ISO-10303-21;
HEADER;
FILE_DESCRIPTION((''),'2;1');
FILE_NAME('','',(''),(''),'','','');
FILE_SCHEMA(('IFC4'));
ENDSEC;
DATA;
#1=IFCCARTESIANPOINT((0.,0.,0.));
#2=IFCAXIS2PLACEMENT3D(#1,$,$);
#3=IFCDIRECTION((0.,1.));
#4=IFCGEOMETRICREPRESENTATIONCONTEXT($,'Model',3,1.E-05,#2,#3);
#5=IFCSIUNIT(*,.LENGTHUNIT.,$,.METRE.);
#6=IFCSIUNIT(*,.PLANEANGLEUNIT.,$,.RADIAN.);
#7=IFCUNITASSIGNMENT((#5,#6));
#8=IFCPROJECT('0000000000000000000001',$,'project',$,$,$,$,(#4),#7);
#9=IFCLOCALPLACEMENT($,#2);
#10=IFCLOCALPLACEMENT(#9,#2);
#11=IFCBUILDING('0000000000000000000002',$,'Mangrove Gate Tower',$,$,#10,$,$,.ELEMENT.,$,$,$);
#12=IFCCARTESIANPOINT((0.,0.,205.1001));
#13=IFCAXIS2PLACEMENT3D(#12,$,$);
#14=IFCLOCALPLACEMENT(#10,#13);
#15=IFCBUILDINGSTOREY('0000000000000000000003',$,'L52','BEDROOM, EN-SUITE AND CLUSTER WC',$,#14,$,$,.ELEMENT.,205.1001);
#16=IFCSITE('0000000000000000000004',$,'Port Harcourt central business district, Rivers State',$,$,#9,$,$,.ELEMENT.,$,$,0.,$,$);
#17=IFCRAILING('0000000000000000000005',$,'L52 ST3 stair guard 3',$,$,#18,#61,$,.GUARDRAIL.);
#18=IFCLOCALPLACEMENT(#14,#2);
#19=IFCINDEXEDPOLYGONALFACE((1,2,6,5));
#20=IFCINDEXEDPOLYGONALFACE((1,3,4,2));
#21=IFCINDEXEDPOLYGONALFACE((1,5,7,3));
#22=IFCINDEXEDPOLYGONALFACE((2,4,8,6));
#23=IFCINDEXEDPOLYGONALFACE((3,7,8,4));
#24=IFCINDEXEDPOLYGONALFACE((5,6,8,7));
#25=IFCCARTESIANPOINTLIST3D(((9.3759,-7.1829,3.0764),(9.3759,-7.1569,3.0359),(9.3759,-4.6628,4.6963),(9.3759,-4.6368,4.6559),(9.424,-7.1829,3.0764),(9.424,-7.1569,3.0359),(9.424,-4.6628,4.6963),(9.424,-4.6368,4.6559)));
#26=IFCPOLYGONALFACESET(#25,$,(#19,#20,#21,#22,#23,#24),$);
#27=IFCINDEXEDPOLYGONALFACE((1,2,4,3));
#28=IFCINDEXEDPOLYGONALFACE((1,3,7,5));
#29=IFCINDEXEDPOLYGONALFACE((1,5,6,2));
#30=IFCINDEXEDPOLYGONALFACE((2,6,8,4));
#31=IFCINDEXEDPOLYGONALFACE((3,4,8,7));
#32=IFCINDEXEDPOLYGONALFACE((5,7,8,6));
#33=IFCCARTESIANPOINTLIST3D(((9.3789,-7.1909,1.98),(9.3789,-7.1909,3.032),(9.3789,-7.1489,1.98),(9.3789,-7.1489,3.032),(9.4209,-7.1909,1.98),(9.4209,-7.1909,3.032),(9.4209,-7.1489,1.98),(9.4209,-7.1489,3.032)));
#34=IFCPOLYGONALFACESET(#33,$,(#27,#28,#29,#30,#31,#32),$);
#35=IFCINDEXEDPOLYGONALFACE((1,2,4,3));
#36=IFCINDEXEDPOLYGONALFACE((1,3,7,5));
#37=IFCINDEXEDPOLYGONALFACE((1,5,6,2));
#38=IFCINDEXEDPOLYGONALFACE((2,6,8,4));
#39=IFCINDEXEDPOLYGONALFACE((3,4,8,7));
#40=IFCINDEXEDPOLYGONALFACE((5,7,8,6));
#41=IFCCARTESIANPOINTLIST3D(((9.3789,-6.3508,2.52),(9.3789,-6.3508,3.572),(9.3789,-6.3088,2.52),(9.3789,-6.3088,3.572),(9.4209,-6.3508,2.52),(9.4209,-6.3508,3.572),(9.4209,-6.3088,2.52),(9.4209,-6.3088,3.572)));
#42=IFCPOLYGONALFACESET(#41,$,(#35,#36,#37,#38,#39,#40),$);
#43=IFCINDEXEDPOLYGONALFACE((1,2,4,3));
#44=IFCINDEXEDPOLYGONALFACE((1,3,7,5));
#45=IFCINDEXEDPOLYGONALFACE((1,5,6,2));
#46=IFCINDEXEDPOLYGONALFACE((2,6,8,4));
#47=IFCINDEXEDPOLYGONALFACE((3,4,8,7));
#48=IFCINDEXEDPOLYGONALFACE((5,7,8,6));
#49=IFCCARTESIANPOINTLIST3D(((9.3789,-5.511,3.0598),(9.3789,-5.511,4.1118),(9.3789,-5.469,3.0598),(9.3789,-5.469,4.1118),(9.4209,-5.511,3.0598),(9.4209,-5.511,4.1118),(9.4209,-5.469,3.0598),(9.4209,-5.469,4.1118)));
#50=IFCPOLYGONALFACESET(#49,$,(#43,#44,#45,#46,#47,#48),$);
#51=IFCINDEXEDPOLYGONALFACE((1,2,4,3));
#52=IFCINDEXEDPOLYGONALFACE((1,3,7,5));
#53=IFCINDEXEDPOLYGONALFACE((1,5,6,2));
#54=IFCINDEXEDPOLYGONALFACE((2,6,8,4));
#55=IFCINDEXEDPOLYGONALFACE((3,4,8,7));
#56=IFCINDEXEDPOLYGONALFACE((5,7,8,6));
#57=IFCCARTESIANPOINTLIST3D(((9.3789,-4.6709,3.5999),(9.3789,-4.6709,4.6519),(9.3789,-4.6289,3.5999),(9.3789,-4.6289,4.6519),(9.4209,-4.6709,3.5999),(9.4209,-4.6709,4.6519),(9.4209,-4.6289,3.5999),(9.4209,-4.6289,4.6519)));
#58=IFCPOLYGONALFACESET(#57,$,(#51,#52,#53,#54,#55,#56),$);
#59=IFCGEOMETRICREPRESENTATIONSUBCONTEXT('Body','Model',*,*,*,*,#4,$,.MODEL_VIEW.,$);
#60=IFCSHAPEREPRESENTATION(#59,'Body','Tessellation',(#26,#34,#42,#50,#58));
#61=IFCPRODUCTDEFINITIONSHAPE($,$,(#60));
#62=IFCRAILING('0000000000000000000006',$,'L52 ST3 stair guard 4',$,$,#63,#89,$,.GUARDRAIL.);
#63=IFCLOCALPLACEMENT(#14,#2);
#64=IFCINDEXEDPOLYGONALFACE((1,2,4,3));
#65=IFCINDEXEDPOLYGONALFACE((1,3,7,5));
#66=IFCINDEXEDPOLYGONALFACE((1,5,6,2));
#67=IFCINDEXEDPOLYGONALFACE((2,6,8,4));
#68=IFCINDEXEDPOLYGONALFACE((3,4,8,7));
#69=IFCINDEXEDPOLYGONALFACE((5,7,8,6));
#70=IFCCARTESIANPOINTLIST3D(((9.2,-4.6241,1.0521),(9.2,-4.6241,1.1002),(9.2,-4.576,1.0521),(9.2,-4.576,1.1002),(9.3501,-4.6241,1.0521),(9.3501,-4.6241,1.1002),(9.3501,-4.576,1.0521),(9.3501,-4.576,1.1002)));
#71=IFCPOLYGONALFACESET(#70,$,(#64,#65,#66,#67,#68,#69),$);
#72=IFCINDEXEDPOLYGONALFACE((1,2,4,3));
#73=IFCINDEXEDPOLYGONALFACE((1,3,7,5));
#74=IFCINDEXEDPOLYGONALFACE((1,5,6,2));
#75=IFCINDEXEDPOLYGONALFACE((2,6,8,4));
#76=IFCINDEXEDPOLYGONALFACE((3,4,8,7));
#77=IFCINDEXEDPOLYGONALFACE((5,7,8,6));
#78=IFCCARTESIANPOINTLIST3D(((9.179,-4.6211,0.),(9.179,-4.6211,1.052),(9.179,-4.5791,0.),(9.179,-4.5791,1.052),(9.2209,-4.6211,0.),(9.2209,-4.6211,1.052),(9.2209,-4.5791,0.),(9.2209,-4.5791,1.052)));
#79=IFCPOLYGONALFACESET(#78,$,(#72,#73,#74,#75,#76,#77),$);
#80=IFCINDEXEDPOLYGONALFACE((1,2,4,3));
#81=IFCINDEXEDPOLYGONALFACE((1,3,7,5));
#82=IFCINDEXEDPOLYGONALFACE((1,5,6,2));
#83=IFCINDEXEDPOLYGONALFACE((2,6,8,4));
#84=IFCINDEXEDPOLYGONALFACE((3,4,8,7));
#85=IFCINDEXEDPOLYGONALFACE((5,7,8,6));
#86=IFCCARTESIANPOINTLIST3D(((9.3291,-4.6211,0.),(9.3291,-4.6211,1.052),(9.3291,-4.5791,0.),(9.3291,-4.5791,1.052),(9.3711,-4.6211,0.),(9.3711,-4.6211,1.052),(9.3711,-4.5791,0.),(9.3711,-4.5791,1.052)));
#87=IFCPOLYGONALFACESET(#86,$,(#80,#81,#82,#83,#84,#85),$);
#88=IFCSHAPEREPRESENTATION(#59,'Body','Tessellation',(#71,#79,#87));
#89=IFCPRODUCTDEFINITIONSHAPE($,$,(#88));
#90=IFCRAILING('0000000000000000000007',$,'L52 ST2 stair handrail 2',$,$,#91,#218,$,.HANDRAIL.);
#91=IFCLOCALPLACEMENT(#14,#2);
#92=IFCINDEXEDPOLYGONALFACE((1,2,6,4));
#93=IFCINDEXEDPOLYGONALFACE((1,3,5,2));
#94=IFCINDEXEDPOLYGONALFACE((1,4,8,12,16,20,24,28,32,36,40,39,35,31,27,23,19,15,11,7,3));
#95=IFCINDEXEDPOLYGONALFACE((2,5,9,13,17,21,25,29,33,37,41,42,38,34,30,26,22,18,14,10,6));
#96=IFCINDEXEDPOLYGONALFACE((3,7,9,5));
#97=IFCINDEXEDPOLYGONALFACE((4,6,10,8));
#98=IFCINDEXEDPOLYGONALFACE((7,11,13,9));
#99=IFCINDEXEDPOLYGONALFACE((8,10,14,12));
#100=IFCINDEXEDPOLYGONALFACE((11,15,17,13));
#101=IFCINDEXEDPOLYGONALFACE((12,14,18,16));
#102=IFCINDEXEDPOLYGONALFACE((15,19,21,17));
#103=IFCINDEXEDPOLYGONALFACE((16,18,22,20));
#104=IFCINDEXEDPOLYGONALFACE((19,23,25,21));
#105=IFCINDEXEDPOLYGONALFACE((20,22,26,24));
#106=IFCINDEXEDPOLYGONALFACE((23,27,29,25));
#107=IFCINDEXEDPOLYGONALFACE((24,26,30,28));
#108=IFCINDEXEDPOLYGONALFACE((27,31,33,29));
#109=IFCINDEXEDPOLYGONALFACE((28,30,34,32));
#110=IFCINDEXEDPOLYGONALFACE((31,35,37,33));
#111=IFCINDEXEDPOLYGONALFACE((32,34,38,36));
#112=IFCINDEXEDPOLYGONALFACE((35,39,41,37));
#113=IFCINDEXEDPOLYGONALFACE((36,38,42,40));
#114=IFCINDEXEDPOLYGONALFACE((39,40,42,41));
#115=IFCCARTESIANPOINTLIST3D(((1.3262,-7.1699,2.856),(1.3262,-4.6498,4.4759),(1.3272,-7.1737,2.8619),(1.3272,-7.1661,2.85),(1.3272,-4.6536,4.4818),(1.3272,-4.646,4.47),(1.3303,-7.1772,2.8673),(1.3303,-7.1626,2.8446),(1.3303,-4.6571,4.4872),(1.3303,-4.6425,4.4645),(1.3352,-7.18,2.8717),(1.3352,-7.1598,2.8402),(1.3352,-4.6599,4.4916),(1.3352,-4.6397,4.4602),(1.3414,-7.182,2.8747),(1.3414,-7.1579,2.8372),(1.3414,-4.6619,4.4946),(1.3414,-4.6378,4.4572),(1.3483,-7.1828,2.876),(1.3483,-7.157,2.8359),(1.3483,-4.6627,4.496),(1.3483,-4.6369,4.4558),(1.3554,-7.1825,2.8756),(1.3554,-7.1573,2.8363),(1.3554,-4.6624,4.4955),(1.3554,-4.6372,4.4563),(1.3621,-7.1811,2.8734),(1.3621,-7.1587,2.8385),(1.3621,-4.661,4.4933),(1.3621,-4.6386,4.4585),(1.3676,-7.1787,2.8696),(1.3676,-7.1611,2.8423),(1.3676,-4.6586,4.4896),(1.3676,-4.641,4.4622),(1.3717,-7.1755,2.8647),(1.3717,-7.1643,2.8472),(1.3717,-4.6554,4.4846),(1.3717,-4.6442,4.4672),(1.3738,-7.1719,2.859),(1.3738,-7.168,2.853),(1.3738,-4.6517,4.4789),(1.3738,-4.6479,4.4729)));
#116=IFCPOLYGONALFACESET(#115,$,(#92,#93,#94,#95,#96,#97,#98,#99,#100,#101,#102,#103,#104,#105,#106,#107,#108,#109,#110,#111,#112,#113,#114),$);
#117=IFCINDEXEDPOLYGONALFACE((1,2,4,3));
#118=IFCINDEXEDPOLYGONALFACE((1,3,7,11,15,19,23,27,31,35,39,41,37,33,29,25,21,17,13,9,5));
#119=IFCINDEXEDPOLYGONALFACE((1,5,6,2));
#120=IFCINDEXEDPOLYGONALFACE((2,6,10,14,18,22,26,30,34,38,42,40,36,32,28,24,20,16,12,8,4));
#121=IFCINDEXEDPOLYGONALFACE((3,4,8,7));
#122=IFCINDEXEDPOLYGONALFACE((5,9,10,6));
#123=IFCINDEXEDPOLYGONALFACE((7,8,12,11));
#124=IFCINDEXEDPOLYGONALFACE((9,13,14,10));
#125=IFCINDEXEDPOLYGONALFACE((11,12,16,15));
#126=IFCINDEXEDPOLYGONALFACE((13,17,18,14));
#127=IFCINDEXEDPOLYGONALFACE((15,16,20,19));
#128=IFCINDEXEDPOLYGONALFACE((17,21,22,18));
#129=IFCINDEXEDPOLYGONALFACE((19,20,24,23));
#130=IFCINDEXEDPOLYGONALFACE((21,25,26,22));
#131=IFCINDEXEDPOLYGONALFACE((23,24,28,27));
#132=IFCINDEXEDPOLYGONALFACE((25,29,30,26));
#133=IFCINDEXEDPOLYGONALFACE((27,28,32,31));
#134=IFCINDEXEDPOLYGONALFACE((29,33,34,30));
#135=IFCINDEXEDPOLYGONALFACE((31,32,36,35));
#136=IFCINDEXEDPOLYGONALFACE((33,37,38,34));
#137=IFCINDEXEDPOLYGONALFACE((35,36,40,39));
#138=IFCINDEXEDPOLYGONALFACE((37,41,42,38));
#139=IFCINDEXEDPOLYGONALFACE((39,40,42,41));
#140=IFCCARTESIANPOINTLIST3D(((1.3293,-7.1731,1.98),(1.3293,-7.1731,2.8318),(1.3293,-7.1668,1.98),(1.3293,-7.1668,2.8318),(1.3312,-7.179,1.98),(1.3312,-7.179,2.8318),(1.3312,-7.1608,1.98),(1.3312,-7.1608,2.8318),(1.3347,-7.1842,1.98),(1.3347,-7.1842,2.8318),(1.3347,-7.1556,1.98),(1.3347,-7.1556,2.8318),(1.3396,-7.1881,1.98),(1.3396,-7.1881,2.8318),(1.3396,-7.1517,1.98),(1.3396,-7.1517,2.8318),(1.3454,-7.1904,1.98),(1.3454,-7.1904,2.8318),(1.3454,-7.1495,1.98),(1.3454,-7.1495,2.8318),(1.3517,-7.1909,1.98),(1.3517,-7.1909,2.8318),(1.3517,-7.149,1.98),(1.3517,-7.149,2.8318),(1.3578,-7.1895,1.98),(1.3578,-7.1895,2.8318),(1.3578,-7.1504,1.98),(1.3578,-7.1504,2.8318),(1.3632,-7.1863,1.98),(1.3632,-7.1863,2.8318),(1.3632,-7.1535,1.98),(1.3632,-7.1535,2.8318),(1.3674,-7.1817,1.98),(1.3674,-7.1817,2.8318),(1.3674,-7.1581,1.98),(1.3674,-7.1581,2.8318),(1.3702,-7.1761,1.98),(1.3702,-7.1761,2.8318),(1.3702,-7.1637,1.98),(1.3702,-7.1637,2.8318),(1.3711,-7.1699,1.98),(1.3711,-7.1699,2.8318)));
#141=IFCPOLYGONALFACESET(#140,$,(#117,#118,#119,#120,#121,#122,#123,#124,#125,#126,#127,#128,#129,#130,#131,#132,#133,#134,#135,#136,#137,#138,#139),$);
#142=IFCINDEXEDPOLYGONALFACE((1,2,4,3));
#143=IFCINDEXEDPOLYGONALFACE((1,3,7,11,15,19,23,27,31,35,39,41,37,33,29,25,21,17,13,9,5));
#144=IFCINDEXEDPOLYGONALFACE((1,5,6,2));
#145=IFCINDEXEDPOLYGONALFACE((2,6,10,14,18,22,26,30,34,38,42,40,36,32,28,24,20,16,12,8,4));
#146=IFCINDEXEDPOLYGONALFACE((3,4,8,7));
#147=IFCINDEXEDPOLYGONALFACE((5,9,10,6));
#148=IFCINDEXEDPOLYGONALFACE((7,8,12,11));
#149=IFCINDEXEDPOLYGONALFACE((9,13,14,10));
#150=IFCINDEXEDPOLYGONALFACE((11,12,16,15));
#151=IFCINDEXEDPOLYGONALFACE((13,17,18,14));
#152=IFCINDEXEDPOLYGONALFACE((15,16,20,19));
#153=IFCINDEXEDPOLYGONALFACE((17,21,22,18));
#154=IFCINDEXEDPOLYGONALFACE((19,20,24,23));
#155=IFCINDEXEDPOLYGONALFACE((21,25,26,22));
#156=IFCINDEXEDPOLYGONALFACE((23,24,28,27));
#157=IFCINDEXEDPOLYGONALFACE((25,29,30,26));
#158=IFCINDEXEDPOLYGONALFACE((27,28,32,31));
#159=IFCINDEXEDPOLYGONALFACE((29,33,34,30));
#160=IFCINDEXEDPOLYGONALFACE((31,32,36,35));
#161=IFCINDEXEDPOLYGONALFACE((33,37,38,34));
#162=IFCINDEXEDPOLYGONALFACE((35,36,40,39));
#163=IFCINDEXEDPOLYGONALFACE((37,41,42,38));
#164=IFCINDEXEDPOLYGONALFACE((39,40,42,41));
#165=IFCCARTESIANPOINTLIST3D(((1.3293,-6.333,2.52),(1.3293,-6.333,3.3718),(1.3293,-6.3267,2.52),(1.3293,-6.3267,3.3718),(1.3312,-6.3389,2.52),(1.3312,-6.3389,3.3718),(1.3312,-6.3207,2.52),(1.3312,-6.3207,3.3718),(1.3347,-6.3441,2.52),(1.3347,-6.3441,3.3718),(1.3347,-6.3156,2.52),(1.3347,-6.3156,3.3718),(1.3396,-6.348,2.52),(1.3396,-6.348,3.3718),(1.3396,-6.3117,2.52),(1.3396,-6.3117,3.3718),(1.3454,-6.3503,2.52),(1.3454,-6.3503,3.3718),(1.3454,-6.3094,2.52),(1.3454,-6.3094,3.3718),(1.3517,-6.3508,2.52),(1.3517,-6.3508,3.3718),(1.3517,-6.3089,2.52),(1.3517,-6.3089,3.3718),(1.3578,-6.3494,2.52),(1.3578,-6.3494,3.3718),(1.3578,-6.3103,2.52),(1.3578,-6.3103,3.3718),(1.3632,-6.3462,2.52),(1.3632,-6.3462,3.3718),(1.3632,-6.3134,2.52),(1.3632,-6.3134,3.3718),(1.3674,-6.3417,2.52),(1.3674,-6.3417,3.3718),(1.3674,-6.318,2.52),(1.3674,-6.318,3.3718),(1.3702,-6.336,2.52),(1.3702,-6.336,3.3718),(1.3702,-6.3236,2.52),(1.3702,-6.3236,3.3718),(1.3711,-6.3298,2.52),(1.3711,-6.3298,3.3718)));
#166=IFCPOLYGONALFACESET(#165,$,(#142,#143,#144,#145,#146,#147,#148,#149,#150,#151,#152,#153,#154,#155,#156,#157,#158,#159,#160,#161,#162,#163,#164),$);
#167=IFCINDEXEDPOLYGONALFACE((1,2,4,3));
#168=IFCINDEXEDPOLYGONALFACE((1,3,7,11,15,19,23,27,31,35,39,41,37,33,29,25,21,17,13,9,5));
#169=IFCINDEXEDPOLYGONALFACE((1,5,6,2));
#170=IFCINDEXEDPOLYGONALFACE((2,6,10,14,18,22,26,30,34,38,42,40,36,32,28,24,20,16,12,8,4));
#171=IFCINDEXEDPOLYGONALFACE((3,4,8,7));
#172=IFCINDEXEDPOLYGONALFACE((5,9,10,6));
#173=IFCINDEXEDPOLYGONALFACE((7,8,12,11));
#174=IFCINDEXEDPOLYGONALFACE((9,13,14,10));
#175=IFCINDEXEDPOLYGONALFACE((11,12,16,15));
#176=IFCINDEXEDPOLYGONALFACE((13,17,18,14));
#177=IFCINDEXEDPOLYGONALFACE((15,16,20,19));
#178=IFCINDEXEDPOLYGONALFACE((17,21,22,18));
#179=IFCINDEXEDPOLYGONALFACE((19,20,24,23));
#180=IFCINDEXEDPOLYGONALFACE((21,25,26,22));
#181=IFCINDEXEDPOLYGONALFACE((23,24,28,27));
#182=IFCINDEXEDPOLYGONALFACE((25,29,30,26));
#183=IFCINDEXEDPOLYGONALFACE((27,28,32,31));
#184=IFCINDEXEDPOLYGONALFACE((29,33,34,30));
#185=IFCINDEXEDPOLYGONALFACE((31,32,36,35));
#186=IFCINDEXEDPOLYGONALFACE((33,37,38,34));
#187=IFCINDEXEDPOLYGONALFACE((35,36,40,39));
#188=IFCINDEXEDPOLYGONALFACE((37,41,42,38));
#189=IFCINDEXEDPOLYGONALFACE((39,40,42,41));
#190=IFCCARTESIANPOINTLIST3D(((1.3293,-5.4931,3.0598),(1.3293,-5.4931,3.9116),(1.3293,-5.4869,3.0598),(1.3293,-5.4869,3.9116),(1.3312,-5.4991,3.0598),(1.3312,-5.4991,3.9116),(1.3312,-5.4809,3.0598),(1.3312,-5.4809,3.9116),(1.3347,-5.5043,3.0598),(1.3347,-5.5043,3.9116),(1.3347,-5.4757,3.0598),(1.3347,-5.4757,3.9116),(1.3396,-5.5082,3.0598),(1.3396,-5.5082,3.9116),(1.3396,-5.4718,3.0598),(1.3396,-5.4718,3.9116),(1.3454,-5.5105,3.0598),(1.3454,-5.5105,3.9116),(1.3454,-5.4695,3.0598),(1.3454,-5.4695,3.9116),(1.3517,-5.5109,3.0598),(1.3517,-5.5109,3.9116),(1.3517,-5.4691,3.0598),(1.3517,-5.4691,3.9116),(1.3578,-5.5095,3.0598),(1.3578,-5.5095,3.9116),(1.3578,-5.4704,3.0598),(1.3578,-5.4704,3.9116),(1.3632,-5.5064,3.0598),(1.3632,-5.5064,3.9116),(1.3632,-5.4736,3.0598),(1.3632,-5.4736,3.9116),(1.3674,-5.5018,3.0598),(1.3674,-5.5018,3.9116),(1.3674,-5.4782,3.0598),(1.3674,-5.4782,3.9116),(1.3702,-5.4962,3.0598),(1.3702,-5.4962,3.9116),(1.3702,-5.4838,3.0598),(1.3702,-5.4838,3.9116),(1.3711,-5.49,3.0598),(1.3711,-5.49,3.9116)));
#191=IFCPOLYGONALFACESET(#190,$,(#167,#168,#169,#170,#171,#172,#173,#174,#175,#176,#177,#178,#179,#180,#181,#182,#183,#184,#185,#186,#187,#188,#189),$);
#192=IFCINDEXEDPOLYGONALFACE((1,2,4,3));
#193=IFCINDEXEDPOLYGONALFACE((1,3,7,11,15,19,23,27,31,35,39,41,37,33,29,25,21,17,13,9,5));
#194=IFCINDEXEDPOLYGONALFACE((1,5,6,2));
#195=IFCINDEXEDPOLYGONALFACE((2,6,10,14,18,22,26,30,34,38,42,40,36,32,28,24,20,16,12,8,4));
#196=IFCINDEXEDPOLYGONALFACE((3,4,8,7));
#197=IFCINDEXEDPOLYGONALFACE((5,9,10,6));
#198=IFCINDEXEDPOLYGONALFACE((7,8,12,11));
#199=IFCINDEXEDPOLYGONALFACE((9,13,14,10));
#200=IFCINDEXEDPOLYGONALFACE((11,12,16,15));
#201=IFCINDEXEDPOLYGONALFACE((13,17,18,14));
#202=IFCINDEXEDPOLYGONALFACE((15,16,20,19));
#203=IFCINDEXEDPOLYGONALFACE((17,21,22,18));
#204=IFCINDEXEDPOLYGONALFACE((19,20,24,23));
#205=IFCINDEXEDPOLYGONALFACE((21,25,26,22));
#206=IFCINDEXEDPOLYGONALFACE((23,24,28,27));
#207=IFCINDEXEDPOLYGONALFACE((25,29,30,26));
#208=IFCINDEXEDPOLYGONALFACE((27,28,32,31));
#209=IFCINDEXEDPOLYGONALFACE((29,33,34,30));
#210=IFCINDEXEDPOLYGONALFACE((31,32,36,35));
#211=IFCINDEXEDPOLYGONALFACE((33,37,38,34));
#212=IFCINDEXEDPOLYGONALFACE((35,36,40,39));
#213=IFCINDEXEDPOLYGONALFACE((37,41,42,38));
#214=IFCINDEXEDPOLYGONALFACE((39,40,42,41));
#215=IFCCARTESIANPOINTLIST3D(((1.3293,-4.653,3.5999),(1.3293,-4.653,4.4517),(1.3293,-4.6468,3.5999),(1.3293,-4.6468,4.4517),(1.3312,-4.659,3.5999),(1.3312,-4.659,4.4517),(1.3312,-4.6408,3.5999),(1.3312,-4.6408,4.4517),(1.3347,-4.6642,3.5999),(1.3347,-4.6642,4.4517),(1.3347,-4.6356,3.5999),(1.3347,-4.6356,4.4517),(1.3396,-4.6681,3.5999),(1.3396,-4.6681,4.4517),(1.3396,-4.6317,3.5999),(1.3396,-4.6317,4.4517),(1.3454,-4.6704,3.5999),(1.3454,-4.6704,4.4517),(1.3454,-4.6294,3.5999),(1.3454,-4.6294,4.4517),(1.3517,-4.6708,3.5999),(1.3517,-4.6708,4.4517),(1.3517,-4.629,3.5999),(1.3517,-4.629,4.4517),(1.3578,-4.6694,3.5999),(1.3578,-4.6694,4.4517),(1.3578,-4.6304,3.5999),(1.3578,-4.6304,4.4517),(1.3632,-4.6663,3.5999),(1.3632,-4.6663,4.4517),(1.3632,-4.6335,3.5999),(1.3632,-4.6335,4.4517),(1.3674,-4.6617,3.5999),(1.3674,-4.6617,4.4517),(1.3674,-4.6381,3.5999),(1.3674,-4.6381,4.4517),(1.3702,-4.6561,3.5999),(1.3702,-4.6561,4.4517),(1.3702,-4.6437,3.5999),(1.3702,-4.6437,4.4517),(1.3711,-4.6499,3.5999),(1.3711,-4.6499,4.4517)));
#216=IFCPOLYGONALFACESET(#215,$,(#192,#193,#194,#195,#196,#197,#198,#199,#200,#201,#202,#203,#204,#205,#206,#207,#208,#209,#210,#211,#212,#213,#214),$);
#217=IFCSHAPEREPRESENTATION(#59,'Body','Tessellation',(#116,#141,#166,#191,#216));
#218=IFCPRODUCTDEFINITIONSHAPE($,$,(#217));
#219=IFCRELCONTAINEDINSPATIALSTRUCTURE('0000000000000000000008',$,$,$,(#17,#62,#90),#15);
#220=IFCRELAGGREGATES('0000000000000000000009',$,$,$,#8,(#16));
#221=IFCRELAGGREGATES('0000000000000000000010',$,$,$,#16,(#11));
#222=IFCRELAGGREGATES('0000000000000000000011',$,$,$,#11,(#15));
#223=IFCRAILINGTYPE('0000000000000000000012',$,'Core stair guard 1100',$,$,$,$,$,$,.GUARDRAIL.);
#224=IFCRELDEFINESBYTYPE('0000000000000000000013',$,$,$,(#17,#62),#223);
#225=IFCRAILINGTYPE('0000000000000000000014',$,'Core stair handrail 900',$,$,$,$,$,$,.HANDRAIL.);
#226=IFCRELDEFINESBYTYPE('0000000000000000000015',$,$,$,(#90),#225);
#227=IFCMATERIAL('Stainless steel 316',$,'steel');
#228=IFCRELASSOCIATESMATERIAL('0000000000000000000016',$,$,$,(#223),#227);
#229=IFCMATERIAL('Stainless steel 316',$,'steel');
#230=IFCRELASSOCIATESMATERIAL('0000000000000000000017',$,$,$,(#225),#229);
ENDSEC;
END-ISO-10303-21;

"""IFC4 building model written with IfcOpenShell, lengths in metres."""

from ifc_helpers import new_model, si_unit, direction, frame, origin, origin_2d, place, context, subcontext, project, spatial, rectangle, circle, extrude, material, type_object, element, save


model = new_model("IFC4")

# Units and contexts
model_context = context("Model", 3, precision=1e-05, world=origin(), true_north=direction((0.0, 1.0)))
body_context = subcontext(model_context, "Body", "Model", "MODEL_VIEW")
ifc_project = project(units=[si_unit("LENGTHUNIT", "METRE"), si_unit("PLANEANGLEUNIT", "RADIAN")], contexts=[model_context])

# Site, building, storey
site_placement = place(None, origin())
site = spatial("IfcSite", under=ifc_project, at=site_placement, Name="Port Harcourt central business district, Rivers State", CompositionType="ELEMENT", RefElevation=0.0)
building_placement = place(site_placement, origin())
building = spatial("IfcBuilding", under=site, at=building_placement, Name="Mangrove Gate Tower", CompositionType="ELEMENT")
storey_placement = place(building_placement, frame((0.0, 0.0, 205.1001)))
storey = spatial("IfcBuildingStorey", under=building, at=storey_placement, Name="L52", Description="BEDROOM, EN-SUITE AND CLUSTER WC", CompositionType="ELEMENT", Elevation=205.1001)

# Railings
ifc_material_1 = material(Name="Stainless steel 316", Category="steel")
railing_type_1 = type_object("IfcRailingType", Name="Core stair guard 1100", PredefinedType="GUARDRAIL", material=ifc_material_1)
railing_1_placement = place(storey_placement, frame((9.3999, -7.1699, 1.98)))
element("IfcRailing", 1, at=railing_1_placement, inside=storey, type_object=railing_type_1, Name="L52 ST3 stair guard 3", PredefinedType="GUARDRAIL", context=body_context, shape_type="SweptSolid", body=[
    extrude(rectangle(XDim=0.0481, YDim=0.0481, at=origin_2d()), frame((0.0, 0.0, 1.0762), z_axis=(0.0, 0.8412, 0.540725), x_axis=(-1.0, 0.0, 0.0)), (0.0, 0.0, 1.0), 2.9958),
    extrude(rectangle(XDim=0.042, YDim=0.042, at=origin_2d()), origin(), (0.0, 0.0, 1.0), 1.052),
    extrude(rectangle(XDim=0.042, YDim=0.042, at=origin_2d()), frame((0.0, 0.8401, 0.54)), (0.0, 0.0, 1.0), 1.052),
    extrude(rectangle(XDim=0.042, YDim=0.042, at=origin_2d()), frame((0.0, 1.6799, 1.0798)), (0.0, 0.0, 1.0), 1.052),
    extrude(rectangle(XDim=0.042, YDim=0.042, at=origin_2d()), frame((0.0, 2.52, 1.6199)), (0.0, 0.0, 1.0), 1.052),
])
railing_2_placement = place(storey_placement, frame((9.2, -4.6001, 0.0)))
element("IfcRailing", 2, at=railing_2_placement, inside=storey, type_object=railing_type_1, Name="L52 ST3 stair guard 4", PredefinedType="GUARDRAIL", context=body_context, shape_type="SweptSolid", body=[
    extrude(rectangle(XDim=0.0481, YDim=0.0481, at=origin_2d()), frame((0.0, 0.0, 1.0762), z_axis=(1.0, 0.0, 0.0), x_axis=(0.0, 1.0, 0.0)), (0.0, 0.0, 1.0), 0.1501),
    extrude(rectangle(XDim=0.042, YDim=0.042, at=origin_2d()), origin(), (0.0, 0.0, 1.0), 1.052),
    extrude(rectangle(XDim=0.042, YDim=0.042, at=origin_2d()), frame((0.1501, 0.0, 0.0)), (0.0, 0.0, 1.0), 1.052),
])
ifc_material_2 = material(Name="Stainless steel 316", Category="steel")
railing_type_2 = type_object("IfcRailingType", Name="Core stair handrail 900", PredefinedType="HANDRAIL", material=ifc_material_2)
railing_3_placement = place(storey_placement, frame((1.3501, -7.1699, 1.98)))
element("IfcRailing", 3, at=railing_3_placement, inside=storey, type_object=railing_type_2, Name="L52 ST2 stair handrail 2", PredefinedType="HANDRAIL", context=body_context, shape_type="SweptSolid", body=[
    extrude(circle(Radius=0.0239, at=origin_2d()), frame((0.0, 0.0, 0.876), z_axis=(0.0, 0.8412, 0.540725), x_axis=(-1.0, 0.0, 0.0)), (0.0, 0.0, 1.0), 2.9958),
    extrude(circle(Radius=0.021, at=origin_2d()), origin(), (0.0, 0.0, 1.0), 0.8518),
    extrude(circle(Radius=0.021, at=origin_2d()), frame((0.0, 0.8401, 0.54)), (0.0, 0.0, 1.0), 0.8518),
    extrude(circle(Radius=0.021, at=origin_2d()), frame((0.0, 1.6799, 1.0798)), (0.0, 0.0, 1.0), 0.8518),
    extrude(circle(Radius=0.021, at=origin_2d()), frame((0.0, 2.52, 1.6199)), (0.0, 0.0, 1.0), 0.8518),
])

save(model, "model.ifc")
